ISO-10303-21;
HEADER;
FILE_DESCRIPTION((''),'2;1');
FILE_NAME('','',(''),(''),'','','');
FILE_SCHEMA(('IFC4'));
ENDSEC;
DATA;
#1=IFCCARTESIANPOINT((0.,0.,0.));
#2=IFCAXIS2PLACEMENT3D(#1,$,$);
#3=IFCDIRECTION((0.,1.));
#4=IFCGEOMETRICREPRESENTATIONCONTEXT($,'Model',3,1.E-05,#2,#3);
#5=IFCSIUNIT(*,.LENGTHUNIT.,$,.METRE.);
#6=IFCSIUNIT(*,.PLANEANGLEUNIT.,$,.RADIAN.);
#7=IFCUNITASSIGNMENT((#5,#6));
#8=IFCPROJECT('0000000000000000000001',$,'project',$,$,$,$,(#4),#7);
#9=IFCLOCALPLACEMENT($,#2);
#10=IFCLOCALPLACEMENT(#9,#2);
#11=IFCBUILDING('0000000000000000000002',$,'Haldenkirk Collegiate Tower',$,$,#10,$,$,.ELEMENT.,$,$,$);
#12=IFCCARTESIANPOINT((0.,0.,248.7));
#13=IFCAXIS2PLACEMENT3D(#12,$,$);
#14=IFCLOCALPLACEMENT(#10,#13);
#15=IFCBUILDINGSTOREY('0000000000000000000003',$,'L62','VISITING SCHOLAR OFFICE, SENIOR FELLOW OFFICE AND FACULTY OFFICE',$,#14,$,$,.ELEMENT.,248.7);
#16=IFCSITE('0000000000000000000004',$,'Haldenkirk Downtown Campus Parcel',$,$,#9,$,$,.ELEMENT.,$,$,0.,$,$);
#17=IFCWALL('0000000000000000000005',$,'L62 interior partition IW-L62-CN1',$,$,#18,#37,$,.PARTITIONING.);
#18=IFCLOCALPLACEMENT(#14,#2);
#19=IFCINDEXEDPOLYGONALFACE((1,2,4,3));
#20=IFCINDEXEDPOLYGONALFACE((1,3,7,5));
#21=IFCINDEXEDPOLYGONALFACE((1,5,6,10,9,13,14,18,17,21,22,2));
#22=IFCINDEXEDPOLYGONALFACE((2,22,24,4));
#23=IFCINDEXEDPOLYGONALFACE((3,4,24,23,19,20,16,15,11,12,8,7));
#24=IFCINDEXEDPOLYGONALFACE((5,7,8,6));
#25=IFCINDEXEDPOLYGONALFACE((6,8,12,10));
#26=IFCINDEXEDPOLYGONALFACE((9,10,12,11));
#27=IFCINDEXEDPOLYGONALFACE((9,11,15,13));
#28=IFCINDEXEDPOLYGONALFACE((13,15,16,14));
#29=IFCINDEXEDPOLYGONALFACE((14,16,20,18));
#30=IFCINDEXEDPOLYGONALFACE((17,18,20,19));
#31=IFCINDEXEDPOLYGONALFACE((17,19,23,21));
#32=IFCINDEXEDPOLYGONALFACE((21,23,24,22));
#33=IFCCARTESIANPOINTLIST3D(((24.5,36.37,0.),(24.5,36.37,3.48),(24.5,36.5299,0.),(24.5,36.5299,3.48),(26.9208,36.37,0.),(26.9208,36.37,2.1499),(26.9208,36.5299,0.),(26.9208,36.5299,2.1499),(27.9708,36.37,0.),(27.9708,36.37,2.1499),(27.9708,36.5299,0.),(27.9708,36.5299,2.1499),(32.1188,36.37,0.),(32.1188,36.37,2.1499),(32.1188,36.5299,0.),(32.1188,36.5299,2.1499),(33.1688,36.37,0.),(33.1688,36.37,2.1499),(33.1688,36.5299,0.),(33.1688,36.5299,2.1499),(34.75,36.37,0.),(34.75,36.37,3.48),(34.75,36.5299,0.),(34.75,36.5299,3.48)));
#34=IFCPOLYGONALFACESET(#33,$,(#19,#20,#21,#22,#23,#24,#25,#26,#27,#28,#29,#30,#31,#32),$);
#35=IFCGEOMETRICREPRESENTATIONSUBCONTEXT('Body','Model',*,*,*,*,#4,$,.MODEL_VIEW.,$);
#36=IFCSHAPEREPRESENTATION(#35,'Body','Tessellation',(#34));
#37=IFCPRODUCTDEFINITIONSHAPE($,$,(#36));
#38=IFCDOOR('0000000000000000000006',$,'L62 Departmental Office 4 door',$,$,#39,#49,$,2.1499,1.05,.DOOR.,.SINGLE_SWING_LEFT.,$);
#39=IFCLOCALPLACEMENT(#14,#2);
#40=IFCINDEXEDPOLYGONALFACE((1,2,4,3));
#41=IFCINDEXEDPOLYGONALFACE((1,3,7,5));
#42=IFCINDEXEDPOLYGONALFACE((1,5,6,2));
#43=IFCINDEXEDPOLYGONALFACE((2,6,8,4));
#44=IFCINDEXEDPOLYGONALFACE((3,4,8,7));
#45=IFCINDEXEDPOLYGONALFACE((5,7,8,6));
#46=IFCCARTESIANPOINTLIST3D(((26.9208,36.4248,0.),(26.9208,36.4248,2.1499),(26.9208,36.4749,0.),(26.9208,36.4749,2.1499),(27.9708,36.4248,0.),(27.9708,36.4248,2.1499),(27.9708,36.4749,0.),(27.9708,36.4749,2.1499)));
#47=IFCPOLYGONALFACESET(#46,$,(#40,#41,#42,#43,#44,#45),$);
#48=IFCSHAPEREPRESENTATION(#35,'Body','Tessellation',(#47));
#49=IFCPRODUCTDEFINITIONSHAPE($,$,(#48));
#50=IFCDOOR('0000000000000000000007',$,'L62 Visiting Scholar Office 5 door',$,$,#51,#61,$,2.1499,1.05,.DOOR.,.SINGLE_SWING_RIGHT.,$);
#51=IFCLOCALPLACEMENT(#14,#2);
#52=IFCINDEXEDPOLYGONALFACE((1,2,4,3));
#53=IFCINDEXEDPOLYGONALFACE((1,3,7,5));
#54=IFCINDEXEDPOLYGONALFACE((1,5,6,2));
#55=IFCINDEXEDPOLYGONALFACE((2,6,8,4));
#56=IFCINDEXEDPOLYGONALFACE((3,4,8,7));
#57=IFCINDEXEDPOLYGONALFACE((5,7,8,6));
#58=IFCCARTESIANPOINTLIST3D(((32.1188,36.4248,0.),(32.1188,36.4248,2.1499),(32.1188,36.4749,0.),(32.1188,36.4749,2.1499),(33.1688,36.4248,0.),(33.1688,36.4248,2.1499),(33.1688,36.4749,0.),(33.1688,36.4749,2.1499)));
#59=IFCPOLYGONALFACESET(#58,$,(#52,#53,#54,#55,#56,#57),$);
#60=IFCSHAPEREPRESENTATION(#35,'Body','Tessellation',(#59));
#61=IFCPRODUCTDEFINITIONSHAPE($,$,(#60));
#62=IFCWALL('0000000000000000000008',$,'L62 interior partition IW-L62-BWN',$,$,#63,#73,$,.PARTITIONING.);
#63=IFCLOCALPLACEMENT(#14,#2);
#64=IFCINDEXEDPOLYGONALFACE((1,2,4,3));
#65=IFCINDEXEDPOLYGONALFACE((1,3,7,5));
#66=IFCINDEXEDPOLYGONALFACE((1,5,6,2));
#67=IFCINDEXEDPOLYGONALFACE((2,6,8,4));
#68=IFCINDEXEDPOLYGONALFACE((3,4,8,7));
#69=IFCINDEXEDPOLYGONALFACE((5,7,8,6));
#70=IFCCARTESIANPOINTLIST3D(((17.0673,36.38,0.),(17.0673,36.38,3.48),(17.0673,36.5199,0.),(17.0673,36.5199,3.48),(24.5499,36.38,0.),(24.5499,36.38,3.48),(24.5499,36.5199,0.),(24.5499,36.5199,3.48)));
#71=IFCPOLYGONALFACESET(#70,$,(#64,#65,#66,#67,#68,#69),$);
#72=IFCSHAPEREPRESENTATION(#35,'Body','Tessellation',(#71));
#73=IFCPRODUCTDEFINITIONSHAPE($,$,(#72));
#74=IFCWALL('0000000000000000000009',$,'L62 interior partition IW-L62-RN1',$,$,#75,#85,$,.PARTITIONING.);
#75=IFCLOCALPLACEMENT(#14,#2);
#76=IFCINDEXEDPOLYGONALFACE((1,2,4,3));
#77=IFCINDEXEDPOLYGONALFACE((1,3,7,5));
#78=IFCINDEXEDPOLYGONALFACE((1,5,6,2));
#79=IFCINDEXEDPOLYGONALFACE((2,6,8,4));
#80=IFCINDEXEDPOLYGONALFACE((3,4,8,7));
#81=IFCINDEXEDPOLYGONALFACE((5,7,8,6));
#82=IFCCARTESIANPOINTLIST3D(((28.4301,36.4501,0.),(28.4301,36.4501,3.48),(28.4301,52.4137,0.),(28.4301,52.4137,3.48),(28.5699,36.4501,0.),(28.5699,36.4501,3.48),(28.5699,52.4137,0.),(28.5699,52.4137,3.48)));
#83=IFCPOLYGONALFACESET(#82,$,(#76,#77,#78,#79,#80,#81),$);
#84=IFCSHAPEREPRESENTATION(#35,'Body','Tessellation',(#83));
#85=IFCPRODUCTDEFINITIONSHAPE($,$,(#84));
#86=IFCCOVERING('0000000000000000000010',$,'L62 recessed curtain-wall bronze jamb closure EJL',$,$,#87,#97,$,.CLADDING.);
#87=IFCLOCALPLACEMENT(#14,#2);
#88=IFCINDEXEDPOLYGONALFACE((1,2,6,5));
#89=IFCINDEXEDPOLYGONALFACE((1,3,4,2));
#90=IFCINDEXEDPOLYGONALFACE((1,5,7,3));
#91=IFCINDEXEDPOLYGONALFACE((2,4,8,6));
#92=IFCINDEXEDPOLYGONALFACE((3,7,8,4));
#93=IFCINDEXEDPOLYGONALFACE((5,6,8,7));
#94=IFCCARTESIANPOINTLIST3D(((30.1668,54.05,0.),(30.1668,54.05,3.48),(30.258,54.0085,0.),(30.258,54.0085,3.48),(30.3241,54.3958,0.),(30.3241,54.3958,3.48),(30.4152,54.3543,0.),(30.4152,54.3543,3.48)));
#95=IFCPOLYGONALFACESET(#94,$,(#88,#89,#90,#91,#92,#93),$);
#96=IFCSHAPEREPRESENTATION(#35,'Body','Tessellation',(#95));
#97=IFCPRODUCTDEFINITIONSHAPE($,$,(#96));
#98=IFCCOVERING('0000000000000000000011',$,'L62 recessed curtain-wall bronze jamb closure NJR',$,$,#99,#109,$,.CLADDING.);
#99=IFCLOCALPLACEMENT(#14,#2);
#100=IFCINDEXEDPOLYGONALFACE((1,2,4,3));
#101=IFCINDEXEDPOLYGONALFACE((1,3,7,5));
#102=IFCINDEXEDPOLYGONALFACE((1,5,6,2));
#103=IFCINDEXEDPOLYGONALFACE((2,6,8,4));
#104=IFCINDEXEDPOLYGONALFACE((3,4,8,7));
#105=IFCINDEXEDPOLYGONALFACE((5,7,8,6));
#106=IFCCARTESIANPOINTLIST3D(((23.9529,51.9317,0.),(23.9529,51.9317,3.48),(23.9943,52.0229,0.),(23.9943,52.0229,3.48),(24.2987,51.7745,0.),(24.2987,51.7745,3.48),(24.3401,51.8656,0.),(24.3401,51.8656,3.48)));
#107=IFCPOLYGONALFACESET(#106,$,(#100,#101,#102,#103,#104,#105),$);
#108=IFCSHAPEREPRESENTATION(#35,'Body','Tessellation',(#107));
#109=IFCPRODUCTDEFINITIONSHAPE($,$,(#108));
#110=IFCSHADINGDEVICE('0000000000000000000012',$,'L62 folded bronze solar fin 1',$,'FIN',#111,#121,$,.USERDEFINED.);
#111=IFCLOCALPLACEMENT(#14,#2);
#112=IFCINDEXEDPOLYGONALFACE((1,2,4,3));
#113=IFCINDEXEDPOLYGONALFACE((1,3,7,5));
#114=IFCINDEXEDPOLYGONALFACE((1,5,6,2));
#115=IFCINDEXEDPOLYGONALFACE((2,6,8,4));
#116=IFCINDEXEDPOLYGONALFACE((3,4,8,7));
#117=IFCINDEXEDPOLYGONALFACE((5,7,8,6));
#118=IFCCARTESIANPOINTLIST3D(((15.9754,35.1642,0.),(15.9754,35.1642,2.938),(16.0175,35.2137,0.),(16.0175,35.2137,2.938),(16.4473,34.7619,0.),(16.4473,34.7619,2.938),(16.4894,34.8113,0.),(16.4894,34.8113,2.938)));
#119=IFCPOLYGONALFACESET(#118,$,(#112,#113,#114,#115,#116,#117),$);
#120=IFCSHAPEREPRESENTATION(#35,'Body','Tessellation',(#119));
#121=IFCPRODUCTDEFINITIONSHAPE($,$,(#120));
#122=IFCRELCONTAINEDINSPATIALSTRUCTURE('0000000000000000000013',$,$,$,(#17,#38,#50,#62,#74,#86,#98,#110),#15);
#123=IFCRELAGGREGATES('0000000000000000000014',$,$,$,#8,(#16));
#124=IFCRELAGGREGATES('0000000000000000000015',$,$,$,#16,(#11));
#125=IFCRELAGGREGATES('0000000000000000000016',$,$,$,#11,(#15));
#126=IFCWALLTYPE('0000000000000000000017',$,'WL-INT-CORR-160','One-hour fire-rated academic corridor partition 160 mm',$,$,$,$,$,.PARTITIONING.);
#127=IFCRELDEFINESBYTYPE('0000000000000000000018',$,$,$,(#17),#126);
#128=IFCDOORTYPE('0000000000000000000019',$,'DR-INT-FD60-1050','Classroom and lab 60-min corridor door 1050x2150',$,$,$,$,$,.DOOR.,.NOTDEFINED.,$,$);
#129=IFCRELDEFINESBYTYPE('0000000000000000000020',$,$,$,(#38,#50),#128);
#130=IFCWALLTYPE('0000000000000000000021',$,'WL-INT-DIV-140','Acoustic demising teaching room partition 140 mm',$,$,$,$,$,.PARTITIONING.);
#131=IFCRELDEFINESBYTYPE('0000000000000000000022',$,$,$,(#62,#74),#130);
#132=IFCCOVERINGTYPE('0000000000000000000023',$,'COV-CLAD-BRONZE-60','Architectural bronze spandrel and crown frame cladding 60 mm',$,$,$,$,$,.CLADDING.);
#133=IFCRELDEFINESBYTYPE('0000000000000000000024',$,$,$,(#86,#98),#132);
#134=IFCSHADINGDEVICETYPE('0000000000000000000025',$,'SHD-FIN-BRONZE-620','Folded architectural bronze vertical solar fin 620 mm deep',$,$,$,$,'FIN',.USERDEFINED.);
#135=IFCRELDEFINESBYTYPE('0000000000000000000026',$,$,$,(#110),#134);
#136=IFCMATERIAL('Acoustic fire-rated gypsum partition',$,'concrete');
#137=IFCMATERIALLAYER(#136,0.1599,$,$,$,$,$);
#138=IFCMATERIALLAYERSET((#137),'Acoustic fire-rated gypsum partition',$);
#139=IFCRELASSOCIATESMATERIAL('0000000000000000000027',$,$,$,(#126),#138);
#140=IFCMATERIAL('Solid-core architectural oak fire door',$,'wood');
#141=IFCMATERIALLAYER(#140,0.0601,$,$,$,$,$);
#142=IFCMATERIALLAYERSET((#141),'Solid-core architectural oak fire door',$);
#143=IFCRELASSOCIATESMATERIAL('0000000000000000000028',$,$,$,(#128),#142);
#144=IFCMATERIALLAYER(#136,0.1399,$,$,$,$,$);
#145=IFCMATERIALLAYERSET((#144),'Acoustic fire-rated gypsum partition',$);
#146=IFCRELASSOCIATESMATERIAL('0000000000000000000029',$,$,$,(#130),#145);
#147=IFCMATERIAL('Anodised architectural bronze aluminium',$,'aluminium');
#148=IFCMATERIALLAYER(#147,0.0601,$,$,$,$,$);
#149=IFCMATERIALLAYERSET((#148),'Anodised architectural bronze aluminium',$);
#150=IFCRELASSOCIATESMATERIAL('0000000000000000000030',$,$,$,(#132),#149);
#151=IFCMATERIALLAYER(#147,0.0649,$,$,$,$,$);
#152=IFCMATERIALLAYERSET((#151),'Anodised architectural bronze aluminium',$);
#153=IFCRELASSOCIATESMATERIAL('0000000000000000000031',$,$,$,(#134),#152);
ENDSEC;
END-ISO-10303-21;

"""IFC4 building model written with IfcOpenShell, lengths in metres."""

from ifc_helpers import new_model, si_unit, direction, frame, frame_2d, origin, origin_2d, place, context, subcontext, project, spatial, rectangle, extrude, source, transform, mapped, material, layer, layer_set, type_object, element, fill, save


model = new_model("IFC4")

# Units and contexts
model_context = context("Model", 3, precision=1e-05, world=origin(), true_north=direction((0.0, 1.0)))
body_context = subcontext(model_context, "Body", "Model", "MODEL_VIEW")
ifc_project = project(units=[si_unit("LENGTHUNIT", "METRE"), si_unit("PLANEANGLEUNIT", "RADIAN")], contexts=[model_context])

# Site, building, storey
site_placement = place(None, origin())
site = spatial("IfcSite", under=ifc_project, at=site_placement, Name="Haldenkirk Downtown Campus Parcel", CompositionType="ELEMENT", RefElevation=0.0)
building_placement = place(site_placement, origin())
building = spatial("IfcBuilding", under=site, at=building_placement, Name="Haldenkirk Collegiate Tower", CompositionType="ELEMENT")
storey_placement = place(building_placement, frame((0.0, 0.0, 248.7)))
storey = spatial("IfcBuildingStorey", under=building, at=storey_placement, Name="L62", Description="VISITING SCHOLAR OFFICE, SENIOR FELLOW OFFICE AND FACULTY OFFICE", CompositionType="ELEMENT", Elevation=248.7)

# Shared definitions
ifc_material_1 = material(Name="Anodised architectural bronze aluminium", Category="aluminium")

# Wall, openings, doors
ifc_material_2 = material(Name="Acoustic fire-rated gypsum partition", Category="concrete")
ifc_layer_1 = layer(ifc_material_2, 0.1599)
ifc_layer_set_1 = layer_set([ifc_layer_1], Name="Acoustic fire-rated gypsum partition")
wall_type_1 = type_object("IfcWallType", Name="WL-INT-CORR-160", Description="One-hour fire-rated academic corridor partition 160 mm", PredefinedType="PARTITIONING", material=ifc_layer_set_1)
wall_1_placement = place(storey_placement, frame((24.5, 36.45, 0.0), z_axis=(0.0, 0.0, 1.0), x_axis=(1.0, 0.0, 0.0)))
wall_1 = element("IfcWall", 1, at=wall_1_placement, inside=storey, type_object=wall_type_1, Name="L62 interior partition IW-L62-CN1", PredefinedType="PARTITIONING", context=body_context, shape_type="SweptSolid", body=[
    extrude(rectangle(XDim=10.25, YDim=0.1599, at=frame_2d((5.125, 0.0))), origin(), (0.0, 0.0, 1.0), 3.48),
])
opening_1_placement = place(wall_1_placement, frame((2.4209, 0.0, 0.0)))
opening_1 = element("IfcOpeningElement", 2, at=opening_1_placement, cuts=wall_1, PredefinedType="OPENING", context=body_context, shape_type="SweptSolid", body=[
    extrude(rectangle(XDim=1.05, YDim=2.1499, at=frame_2d((0.5249, 1.075))), frame((0.0, 0.0898, 0.0), z_axis=(0.0, -1.0, 0.0), x_axis=(1.0, 0.0, 0.0)), (0.0, 0.0, 1.0), 0.1799),
])
opening_2_placement = place(wall_1_placement, frame((7.6189, 0.0, 0.0)))
opening_2 = element("IfcOpeningElement", 3, at=opening_2_placement, cuts=wall_1, PredefinedType="OPENING", context=body_context, shape_type="SweptSolid", body=[
    extrude(rectangle(XDim=1.05, YDim=2.1499, at=frame_2d((0.5249, 1.075))), frame((0.0, 0.0898, 0.0), z_axis=(0.0, -1.0, 0.0), x_axis=(1.0, 0.0, 0.0)), (0.0, 0.0, 1.0), 0.1799),
])
ifc_material_3 = material(Name="Solid-core architectural oak fire door", Category="wood")
ifc_layer_2 = layer(ifc_material_3, 0.0601)
ifc_layer_set_2 = layer_set([ifc_layer_2], Name="Solid-core architectural oak fire door")
door_type = type_object("IfcDoorType", Name="DR-INT-FD60-1050", Description="Classroom and lab 60-min corridor door 1050x2150", OperationType="NOTDEFINED", PredefinedType="DOOR", material=ifc_layer_set_2)
door_1_placement = place(opening_1_placement, origin())
door_1 = element("IfcDoor", 4, at=door_1_placement, inside=storey, type_object=door_type, Name="L62 Departmental Office 4 door", OperationType="SINGLE_SWING_LEFT", OverallHeight=2.1499, OverallWidth=1.05, PredefinedType="DOOR", context=body_context, shape_type="SweptSolid", body=[
    extrude(rectangle(XDim=1.05, YDim=2.1499, at=frame_2d((0.5249, 1.075))), frame((0.0, 0.0249, 0.0), z_axis=(0.0, -1.0, 0.0), x_axis=(1.0, 0.0, 0.0)), (0.0, 0.0, 1.0), 0.05),
])
fill(opening_1, door_1)
door_2_placement = place(opening_2_placement, origin())
door_2 = element("IfcDoor", 5, at=door_2_placement, inside=storey, type_object=door_type, Name="L62 Visiting Scholar Office 5 door", OperationType="SINGLE_SWING_RIGHT", OverallHeight=2.1499, OverallWidth=1.05, PredefinedType="DOOR", context=body_context, shape_type="SweptSolid", body=[
    extrude(rectangle(XDim=1.05, YDim=2.1499, at=frame_2d((0.5249, 1.075))), frame((0.0, 0.0249, 0.0), z_axis=(0.0, -1.0, 0.0), x_axis=(1.0, 0.0, 0.0)), (0.0, 0.0, 1.0), 0.05),
])
fill(opening_2, door_2)

# Walls
ifc_layer_3 = layer(ifc_material_2, 0.1399)
ifc_layer_set_3 = layer_set([ifc_layer_3], Name="Acoustic fire-rated gypsum partition")
wall_type_2 = type_object("IfcWallType", Name="WL-INT-DIV-140", Description="Acoustic demising teaching room partition 140 mm", PredefinedType="PARTITIONING", material=ifc_layer_set_3)
wall_2_placement = place(storey_placement, frame((17.0674, 36.45, 0.0), z_axis=(0.0, 0.0, 1.0), x_axis=(1.0, 0.0, 0.0)))
element("IfcWall", 6, at=wall_2_placement, inside=storey, type_object=wall_type_2, Name="L62 interior partition IW-L62-BWN", PredefinedType="PARTITIONING", context=body_context, shape_type="SweptSolid", body=[
    extrude(rectangle(XDim=7.4827, YDim=0.1399, at=frame_2d((3.7412, 0.0))), origin(), (0.0, 0.0, 1.0), 3.48),
])
wall_3_placement = place(storey_placement, frame((28.5, 36.45, 0.0), z_axis=(0.0, 0.0, 1.0), x_axis=(0.0, 1.0, 0.0)))
element("IfcWall", 7, at=wall_3_placement, inside=storey, type_object=wall_type_2, Name="L62 interior partition IW-L62-RN1", PredefinedType="PARTITIONING", context=body_context, shape_type="SweptSolid", body=[
    extrude(rectangle(XDim=15.9636, YDim=0.1399, at=frame_2d((7.9819, 0.0))), origin(), (0.0, 0.0, 1.0), 3.48),
])

# Coverings
ifc_layer_4 = layer(ifc_material_1, 0.0601)
ifc_layer_set_4 = layer_set([ifc_layer_4], Name="Anodised architectural bronze aluminium")
covering_type = type_object("IfcCoveringType", Name="COV-CLAD-BRONZE-60", Description="Architectural bronze spandrel and crown frame cladding 60 mm", PredefinedType="CLADDING", material=ifc_layer_set_4)
shared_shape_1 = source(origin(), body_context, "Body", "SweptSolid", [
    extrude(rectangle(XDim=0.1001, YDim=0.3799, at=origin_2d()), origin(), (0.0, 0.0, 1.0), 3.48),
])
for number, where, z_axis, x_axis, name in (
    (8, (30.291, 54.2021, 0.0), (0.0, 0.0, 1.0), (0.910323, -0.413899, 0.0), "L62 recessed curtain-wall bronze jamb closure EJL"),
    (9, (24.1465, 51.8987, 0.0), (0.0, 0.0, 1.0), (0.413899, 0.910323, 0.0), "L62 recessed curtain-wall bronze jamb closure NJR"),
):
    element("IfcCovering", number, at=place(storey_placement, frame(where, z_axis=z_axis, x_axis=x_axis)), inside=storey, type_object=covering_type, Name=name, PredefinedType="CLADDING", context=body_context, shape_type="MappedRepresentation", body=[
        mapped(shared_shape_1, transform((0.0, 0.0, 0.0), x_axis=(1.0, 0.0, 0.0), y_axis=(0.0, 1.0, 0.0), z_axis=(0.0, 0.0, 1.0), scale=1.0)),
    ])

# Shading device
ifc_layer_5 = layer(ifc_material_1, 0.0649)
ifc_layer_set_5 = layer_set([ifc_layer_5], Name="Anodised architectural bronze aluminium")
shading_device_type = type_object("IfcShadingDeviceType", Name="SHD-FIN-BRONZE-620", Description="Folded architectural bronze vertical solar fin 620 mm deep", ElementType="FIN", PredefinedType="USERDEFINED", material=ifc_layer_set_5)
shared_shape_2 = source(origin(), body_context, "Body", "SweptSolid", [
    extrude(rectangle(XDim=0.6201, YDim=0.0649, at=origin_2d()), origin(), (0.0, 0.0, 1.0), 2.938),
])
shading_device_placement = place(storey_placement, frame((16.2324, 34.9878, 0.0), z_axis=(0.0, 0.0, 1.0), x_axis=(-0.760972, 0.648784, 0.0)))
element("IfcShadingDevice", 10, at=shading_device_placement, inside=storey, type_object=shading_device_type, Name="L62 folded bronze solar fin 1", ObjectType="FIN", PredefinedType="USERDEFINED", context=body_context, shape_type="MappedRepresentation", body=[
    mapped(shared_shape_2, transform((0.0, 0.0, 0.0), x_axis=(1.0, 0.0, 0.0), y_axis=(0.0, 1.0, 0.0), z_axis=(0.0, 0.0, 1.0), scale=1.0)),
])

save(model, "model.ifc")
